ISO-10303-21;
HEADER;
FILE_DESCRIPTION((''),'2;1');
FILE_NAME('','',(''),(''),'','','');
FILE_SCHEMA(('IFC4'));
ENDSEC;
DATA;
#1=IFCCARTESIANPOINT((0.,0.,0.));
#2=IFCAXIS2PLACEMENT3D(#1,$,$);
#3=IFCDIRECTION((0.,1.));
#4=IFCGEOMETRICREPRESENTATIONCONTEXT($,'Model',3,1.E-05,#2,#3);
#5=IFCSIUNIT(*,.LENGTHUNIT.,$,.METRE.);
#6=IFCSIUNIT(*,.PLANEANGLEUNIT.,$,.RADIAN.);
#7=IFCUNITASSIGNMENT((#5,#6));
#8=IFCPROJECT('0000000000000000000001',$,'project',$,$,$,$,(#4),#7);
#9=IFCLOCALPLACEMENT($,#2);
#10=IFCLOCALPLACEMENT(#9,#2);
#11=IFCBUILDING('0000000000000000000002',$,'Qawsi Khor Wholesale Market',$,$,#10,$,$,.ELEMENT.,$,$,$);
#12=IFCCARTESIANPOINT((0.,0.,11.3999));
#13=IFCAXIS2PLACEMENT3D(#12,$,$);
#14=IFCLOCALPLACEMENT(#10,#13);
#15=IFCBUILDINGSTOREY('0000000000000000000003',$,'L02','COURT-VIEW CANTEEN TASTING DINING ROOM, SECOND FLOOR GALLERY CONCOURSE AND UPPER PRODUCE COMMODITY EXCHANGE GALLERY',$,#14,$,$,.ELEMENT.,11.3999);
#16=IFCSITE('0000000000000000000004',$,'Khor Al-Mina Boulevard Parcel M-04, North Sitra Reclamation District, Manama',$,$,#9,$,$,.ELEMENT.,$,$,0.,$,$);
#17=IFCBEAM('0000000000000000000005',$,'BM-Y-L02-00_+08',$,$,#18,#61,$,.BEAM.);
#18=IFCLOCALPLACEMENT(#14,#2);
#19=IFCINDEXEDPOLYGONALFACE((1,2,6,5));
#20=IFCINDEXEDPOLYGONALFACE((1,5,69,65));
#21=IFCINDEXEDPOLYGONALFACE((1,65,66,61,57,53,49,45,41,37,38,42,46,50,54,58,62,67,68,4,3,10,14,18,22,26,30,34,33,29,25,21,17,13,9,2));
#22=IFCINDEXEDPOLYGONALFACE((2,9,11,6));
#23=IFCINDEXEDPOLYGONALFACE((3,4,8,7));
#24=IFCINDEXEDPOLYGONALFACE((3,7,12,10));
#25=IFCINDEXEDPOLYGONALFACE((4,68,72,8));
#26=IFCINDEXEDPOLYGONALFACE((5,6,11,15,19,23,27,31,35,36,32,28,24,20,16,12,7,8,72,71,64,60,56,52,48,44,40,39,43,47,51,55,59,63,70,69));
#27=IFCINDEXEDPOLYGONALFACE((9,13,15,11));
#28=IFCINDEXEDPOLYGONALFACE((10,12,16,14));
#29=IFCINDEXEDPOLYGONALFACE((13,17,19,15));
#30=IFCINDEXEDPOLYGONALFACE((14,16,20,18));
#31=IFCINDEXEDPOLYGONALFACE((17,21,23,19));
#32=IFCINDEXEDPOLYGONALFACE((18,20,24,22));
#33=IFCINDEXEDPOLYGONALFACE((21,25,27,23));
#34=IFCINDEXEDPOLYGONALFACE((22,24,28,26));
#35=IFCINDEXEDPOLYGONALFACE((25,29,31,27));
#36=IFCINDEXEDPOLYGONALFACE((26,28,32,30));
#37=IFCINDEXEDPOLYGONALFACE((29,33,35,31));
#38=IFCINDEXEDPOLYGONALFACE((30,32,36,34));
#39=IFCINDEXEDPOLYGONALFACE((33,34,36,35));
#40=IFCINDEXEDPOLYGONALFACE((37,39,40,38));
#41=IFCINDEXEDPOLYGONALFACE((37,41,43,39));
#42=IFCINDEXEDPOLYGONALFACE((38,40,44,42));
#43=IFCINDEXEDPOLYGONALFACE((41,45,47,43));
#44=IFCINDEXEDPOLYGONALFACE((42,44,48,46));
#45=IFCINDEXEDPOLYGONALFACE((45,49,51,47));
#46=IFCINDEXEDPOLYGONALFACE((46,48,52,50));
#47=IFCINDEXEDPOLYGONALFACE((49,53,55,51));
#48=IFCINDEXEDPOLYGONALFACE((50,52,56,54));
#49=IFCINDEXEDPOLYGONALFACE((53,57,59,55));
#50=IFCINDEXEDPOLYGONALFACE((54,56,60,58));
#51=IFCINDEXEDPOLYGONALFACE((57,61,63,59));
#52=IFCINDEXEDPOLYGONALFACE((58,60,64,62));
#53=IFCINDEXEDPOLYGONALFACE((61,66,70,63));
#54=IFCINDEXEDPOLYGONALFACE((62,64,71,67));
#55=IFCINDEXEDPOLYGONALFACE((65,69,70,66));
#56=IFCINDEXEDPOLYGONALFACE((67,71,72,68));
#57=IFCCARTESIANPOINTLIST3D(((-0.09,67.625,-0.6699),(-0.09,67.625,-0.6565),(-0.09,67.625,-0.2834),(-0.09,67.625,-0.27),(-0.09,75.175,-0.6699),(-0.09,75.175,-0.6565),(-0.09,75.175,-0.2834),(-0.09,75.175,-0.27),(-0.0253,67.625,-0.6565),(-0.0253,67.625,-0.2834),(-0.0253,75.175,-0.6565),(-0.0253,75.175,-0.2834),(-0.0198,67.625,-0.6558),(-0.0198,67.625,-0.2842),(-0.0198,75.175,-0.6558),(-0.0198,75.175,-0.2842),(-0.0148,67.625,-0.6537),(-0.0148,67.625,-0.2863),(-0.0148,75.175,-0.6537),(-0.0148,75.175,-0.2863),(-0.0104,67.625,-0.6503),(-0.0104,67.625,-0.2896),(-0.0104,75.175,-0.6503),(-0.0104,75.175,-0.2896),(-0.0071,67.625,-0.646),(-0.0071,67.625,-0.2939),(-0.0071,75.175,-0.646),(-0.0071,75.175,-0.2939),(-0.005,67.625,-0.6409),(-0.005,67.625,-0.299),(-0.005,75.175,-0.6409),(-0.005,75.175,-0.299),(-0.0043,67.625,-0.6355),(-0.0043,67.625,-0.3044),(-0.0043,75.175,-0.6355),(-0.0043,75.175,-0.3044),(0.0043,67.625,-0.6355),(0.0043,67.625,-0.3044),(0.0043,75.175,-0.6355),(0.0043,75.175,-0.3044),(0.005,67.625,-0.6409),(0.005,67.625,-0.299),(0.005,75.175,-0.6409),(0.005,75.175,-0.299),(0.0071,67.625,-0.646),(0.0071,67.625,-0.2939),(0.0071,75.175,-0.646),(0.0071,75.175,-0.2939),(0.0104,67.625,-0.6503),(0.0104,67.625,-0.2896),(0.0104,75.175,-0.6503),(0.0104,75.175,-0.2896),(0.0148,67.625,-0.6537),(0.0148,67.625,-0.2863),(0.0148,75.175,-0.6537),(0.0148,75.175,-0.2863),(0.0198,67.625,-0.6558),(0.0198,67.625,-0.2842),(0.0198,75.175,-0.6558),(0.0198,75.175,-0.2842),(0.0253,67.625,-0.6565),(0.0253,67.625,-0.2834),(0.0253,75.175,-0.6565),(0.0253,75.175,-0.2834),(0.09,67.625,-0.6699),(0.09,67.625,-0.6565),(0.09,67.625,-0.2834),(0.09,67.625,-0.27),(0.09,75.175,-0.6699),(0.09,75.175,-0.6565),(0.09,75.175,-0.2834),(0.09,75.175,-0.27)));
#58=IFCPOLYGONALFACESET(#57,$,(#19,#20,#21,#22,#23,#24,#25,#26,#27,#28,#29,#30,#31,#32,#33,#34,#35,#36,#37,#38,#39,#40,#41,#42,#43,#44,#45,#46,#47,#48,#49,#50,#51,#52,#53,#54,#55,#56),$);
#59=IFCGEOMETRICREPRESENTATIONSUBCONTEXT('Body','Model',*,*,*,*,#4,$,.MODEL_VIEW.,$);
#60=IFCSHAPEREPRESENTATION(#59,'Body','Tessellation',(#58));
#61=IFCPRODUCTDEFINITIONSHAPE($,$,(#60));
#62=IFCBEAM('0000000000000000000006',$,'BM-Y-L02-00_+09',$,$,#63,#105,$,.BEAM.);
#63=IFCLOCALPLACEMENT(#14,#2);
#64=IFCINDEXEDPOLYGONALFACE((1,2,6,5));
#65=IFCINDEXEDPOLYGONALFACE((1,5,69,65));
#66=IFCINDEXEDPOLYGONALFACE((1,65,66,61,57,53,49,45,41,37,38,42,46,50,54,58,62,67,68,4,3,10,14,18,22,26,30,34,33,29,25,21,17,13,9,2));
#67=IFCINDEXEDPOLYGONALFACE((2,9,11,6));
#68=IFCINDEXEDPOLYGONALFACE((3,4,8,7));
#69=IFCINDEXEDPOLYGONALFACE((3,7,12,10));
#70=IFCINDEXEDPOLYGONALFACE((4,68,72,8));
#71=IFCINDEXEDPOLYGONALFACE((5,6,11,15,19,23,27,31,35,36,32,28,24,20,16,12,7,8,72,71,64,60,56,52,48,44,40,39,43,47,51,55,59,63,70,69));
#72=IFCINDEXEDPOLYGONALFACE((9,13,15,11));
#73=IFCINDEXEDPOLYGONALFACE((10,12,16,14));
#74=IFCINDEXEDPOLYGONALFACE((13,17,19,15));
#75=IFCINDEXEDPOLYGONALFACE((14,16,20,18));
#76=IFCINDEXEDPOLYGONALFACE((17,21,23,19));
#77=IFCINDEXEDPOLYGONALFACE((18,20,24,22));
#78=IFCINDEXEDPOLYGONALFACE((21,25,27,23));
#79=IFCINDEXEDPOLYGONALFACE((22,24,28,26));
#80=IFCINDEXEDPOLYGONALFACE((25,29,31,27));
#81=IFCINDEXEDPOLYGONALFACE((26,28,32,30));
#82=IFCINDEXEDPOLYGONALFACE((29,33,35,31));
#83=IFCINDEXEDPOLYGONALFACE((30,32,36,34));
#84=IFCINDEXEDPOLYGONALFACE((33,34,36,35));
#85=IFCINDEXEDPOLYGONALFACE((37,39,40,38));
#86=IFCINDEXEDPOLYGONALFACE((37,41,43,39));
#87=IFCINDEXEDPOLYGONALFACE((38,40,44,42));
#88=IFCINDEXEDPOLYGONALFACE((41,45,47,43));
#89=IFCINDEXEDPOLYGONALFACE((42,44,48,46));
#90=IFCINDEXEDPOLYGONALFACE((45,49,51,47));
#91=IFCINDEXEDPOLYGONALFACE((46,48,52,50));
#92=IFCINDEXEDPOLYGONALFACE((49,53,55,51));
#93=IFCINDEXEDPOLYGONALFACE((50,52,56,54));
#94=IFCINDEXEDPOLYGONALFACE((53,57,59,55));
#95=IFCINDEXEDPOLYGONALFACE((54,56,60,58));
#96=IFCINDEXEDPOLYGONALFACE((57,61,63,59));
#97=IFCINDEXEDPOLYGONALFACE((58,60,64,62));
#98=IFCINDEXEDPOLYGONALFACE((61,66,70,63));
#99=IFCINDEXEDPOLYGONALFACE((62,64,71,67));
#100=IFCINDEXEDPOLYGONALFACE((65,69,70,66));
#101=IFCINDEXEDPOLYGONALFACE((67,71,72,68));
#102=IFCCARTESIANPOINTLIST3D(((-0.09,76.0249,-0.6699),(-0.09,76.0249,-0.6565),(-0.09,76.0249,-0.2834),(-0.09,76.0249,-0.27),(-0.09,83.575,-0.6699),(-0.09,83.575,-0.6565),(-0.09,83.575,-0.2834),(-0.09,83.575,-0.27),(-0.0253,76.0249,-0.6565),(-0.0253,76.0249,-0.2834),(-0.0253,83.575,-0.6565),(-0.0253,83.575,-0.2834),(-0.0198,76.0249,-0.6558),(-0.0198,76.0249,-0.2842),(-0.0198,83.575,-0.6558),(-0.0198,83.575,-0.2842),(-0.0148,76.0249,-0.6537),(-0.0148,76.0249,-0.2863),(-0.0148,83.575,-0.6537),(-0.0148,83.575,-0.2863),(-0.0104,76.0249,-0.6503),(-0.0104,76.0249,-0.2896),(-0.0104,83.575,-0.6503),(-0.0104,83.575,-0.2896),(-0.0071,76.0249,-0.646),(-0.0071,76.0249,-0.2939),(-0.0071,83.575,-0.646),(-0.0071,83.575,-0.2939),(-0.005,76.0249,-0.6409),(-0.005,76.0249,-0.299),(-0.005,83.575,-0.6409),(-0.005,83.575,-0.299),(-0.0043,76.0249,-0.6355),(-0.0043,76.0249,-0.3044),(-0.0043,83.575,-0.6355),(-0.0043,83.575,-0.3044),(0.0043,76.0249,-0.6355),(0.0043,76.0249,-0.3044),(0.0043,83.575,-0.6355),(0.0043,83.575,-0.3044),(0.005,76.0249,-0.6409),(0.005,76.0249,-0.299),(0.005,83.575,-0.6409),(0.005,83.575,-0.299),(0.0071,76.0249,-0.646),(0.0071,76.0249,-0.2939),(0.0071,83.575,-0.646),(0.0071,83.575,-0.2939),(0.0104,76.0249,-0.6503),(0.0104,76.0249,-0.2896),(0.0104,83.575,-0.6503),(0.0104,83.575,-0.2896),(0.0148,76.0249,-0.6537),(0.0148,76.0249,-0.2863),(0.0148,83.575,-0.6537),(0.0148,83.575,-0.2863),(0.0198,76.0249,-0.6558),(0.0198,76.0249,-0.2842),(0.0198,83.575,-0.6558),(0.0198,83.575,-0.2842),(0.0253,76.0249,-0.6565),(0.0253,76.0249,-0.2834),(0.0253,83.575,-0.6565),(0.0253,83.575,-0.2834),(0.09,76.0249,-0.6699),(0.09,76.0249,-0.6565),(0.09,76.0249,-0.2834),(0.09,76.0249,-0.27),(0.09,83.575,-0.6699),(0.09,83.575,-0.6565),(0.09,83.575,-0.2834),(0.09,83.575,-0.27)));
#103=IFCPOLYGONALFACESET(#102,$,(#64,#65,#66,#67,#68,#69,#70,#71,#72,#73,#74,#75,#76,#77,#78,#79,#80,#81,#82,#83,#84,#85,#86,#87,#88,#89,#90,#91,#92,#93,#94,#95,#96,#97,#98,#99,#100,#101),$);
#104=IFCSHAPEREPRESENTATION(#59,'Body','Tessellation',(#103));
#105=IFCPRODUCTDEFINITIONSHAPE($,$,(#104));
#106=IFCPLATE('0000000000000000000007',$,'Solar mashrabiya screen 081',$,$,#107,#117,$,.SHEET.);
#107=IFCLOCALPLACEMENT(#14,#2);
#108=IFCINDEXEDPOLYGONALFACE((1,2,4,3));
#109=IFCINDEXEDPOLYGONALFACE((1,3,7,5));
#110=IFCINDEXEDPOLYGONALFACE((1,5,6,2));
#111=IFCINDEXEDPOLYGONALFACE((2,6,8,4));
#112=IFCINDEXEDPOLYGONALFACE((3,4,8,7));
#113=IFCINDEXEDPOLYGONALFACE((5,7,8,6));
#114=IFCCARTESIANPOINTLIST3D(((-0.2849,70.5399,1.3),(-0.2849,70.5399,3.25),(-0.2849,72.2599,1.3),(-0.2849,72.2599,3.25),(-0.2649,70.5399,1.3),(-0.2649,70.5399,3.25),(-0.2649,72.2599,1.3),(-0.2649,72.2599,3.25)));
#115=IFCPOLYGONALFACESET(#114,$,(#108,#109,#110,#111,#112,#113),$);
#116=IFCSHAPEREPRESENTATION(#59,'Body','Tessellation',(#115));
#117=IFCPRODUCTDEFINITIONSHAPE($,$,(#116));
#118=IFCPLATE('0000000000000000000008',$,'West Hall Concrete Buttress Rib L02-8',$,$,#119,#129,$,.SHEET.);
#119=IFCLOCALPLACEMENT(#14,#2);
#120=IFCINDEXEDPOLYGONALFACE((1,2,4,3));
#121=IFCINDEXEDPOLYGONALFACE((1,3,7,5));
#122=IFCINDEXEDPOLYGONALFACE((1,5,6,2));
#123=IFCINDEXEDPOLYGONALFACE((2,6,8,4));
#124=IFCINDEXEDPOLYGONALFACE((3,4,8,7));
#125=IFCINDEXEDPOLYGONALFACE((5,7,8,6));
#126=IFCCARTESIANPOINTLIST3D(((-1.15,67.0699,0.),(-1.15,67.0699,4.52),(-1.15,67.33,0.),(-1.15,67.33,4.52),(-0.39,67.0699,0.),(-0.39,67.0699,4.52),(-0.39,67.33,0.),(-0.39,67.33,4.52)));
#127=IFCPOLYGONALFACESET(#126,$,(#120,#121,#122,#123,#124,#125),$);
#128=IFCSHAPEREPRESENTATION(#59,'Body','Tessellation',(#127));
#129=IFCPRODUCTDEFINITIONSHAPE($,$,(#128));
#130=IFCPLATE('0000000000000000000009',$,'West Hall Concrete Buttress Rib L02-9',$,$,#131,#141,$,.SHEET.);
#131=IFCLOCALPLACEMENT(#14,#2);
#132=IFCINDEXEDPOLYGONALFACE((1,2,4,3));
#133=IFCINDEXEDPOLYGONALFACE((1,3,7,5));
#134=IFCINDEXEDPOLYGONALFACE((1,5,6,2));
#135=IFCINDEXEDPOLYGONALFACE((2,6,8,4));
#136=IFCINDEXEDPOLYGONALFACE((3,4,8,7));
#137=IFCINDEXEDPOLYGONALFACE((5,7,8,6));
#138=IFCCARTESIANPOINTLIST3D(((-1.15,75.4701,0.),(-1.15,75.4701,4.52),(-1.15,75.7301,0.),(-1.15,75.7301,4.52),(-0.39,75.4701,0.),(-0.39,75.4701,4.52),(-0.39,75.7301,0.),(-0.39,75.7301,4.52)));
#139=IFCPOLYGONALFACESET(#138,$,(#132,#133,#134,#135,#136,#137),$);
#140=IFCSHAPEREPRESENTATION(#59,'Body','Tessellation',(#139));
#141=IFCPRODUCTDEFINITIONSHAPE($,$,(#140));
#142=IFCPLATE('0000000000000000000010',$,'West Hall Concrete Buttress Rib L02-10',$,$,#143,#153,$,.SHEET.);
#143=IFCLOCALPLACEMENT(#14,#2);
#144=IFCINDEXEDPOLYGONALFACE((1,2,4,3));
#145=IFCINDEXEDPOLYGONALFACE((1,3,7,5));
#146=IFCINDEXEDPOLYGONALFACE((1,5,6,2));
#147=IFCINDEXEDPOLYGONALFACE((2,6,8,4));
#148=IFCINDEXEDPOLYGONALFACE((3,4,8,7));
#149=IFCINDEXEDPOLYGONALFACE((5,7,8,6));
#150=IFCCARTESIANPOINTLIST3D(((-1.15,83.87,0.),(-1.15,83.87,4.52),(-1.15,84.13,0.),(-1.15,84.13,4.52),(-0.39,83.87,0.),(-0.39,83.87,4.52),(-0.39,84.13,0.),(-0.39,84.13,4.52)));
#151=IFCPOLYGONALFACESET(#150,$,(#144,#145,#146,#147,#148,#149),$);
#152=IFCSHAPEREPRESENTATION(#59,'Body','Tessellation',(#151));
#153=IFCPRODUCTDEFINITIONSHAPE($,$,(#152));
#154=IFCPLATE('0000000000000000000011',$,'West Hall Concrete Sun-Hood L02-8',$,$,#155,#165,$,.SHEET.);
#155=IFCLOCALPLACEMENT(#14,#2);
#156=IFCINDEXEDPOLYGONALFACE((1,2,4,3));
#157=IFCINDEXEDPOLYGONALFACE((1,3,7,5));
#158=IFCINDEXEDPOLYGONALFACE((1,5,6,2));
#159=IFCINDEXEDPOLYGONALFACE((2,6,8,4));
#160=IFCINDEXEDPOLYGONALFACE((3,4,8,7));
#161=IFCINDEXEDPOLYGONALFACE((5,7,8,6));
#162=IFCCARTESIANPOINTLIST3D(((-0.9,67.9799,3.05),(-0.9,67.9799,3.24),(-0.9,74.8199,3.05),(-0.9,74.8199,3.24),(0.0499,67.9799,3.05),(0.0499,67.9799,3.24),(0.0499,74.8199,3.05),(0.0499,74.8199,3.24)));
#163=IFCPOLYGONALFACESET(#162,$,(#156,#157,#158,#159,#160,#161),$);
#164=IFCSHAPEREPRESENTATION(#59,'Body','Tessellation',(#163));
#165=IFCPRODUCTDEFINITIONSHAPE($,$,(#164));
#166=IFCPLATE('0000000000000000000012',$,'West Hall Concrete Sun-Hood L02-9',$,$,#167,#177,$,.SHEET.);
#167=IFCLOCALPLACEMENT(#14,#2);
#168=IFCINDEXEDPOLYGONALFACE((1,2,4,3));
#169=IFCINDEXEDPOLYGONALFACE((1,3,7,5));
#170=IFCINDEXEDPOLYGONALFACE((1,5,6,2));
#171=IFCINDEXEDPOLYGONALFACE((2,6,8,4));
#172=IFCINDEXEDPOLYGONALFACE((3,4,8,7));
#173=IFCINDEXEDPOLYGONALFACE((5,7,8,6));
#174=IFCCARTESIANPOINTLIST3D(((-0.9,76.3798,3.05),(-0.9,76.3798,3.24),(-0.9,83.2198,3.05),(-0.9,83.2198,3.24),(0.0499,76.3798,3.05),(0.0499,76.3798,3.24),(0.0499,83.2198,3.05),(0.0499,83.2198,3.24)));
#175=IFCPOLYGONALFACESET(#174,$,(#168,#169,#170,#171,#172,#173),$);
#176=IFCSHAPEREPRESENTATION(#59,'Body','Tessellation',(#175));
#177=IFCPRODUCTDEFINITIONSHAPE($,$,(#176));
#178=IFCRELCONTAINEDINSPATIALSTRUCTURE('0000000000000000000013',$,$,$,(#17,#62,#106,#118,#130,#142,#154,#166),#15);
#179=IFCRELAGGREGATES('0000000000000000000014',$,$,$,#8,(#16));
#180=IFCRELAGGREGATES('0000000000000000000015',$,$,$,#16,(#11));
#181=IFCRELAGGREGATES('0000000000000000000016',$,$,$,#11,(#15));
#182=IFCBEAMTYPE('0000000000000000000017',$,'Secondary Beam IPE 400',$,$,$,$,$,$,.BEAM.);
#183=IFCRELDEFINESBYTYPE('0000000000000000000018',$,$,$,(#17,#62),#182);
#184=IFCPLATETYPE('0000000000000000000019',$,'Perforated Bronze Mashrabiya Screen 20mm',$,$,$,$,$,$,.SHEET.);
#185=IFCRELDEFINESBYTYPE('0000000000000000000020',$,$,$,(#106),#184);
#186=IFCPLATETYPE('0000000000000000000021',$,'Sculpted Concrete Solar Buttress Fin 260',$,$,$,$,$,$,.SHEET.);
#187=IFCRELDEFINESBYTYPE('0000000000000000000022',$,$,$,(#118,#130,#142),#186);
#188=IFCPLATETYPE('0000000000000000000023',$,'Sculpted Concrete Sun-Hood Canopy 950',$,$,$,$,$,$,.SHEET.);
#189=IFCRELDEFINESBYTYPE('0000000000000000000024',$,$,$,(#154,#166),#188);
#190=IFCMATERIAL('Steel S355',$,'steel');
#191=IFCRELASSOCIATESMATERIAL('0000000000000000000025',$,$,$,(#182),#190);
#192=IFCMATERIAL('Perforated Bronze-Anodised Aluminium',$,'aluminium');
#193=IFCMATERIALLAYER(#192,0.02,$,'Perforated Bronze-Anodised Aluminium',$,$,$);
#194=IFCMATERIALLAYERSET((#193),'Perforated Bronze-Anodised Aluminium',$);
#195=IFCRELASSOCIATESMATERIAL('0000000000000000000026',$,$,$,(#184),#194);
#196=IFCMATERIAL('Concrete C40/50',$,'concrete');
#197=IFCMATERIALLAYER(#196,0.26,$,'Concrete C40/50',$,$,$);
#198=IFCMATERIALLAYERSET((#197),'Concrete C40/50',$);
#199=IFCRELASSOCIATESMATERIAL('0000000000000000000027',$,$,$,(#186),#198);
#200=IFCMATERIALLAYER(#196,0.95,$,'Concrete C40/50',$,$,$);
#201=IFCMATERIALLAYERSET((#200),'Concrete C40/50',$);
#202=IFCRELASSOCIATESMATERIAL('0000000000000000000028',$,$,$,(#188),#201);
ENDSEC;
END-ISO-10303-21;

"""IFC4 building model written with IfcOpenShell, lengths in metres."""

from ifc_helpers import new_model, si_unit, direction, frame, frame_2d, origin, origin_2d, place, context, subcontext, project, spatial, rectangle, i_section, extrude, material, layer, layer_set, material_profile, profile_set, type_object, element, save


model = new_model("IFC4")

# Units and contexts
model_context = context("Model", 3, precision=1e-05, world=origin(), true_north=direction((0.0, 1.0)))
body_context = subcontext(model_context, "Body", "Model", "MODEL_VIEW")
ifc_project = project(units=[si_unit("LENGTHUNIT", "METRE"), si_unit("PLANEANGLEUNIT", "RADIAN")], contexts=[model_context])

# Site, building, storey
site_placement = place(None, origin())
site = spatial("IfcSite", under=ifc_project, at=site_placement, Name="Khor Al-Mina Boulevard Parcel M-04, North Sitra Reclamation District, Manama", CompositionType="ELEMENT", RefElevation=0.0)
building_placement = place(site_placement, origin())
building = spatial("IfcBuilding", under=site, at=building_placement, Name="Qawsi Khor Wholesale Market", CompositionType="ELEMENT")
storey_placement = place(building_placement, frame((0.0, 0.0, 11.3999)))
storey = spatial("IfcBuildingStorey", under=building, at=storey_placement, Name="L02", Description="COURT-VIEW CANTEEN TASTING DINING ROOM, SECOND FLOOR GALLERY CONCOURSE AND UPPER PRODUCE COMMODITY EXCHANGE GALLERY", CompositionType="ELEMENT", Elevation=11.3999)

# Shared definitions
ifc_material_1 = material(Name="Concrete C40/50", Category="concrete")

# Beams
ifc_material_2 = material(Name="Steel S355", Category="steel")
ifc_material_profile_1 = material_profile(ifc_material_2, i_section(OverallWidth=0.1799, OverallDepth=0.3999, WebThickness=0.0085, FlangeThickness=0.0134, FilletRadius=0.021, at=origin_2d()), Name="IPE 400")
ifc_profile_set_1 = profile_set([ifc_material_profile_1], Name="Steel S355")
beam_type_1 = type_object("IfcBeamType", Name="Secondary Beam IPE 400", PredefinedType="BEAM", material=ifc_profile_set_1)
for number, where, z_axis, x_axis, name in (
    (1, (0.0, 67.625, -0.47), (0.0, 1.0, 0.0), (-1.0, 0.0, 0.0), "BM-Y-L02-00_+08"),
    (2, (0.0, 76.0249, -0.47), (0.0, 1.0, 0.0), (-1.0, 0.0, 0.0), "BM-Y-L02-00_+09"),
):
    element("IfcBeam", number, at=place(storey_placement, frame(where, z_axis=z_axis, x_axis=x_axis)), inside=storey, type_object=beam_type_1, Name=name, PredefinedType="BEAM", context=body_context, shape_type="SweptSolid", body=[
        extrude(i_section(OverallWidth=0.1799, OverallDepth=0.3999, WebThickness=0.0085, FlangeThickness=0.0134, FilletRadius=0.021, at=origin_2d()), origin(), (0.0, 0.0, 1.0), 7.55),
    ])

# Plates
ifc_material_3 = material(Name="Perforated Bronze-Anodised Aluminium", Category="aluminium")
ifc_layer_1 = layer(ifc_material_3, 0.02, Name="Perforated Bronze-Anodised Aluminium")
ifc_layer_set_1 = layer_set([ifc_layer_1], Name="Perforated Bronze-Anodised Aluminium")
plate_type_1 = type_object("IfcPlateType", Name="Perforated Bronze Mashrabiya Screen 20mm", PredefinedType="SHEET", material=ifc_layer_set_1)
plate_placement = place(storey_placement, frame((-0.2749, 70.54, 1.3), z_axis=(0.0, 0.0, 1.0), x_axis=(0.0, 1.0, 0.0)))
element("IfcPlate", 3, at=plate_placement, inside=storey, type_object=plate_type_1, Name="Solar mashrabiya screen 081", PredefinedType="SHEET", context=body_context, shape_type="SweptSolid", body=[
    extrude(rectangle(XDim=1.72, YDim=0.02, at=frame_2d((0.8599, 0.0))), origin(), (0.0, 0.0, 1.0), 1.95),
])
ifc_layer_2 = layer(ifc_material_1, 0.26, Name="Concrete C40/50")
ifc_layer_set_2 = layer_set([ifc_layer_2], Name="Concrete C40/50")
plate_type_2 = type_object("IfcPlateType", Name="Sculpted Concrete Solar Buttress Fin 260", PredefinedType="SHEET", material=ifc_layer_set_2)
for number, where, z_axis, x_axis, name in (
    (4, (-1.1499, 67.2, 0.0), (0.0, 0.0, 1.0), (1.0, 0.0, 0.0), "West Hall Concrete Buttress Rib L02-8"),
    (5, (-1.1499, 75.6001, 0.0), (0.0, 0.0, 1.0), (1.0, 0.0, 0.0), "West Hall Concrete Buttress Rib L02-9"),
    (6, (-1.1499, 84.0, 0.0), (0.0, 0.0, 1.0), (1.0, 0.0, 0.0), "West Hall Concrete Buttress Rib L02-10"),
):
    element("IfcPlate", number, at=place(storey_placement, frame(where, z_axis=z_axis, x_axis=x_axis)), inside=storey, type_object=plate_type_2, Name=name, PredefinedType="SHEET", context=body_context, shape_type="SweptSolid", body=[
        extrude(rectangle(XDim=0.76, YDim=0.26, at=frame_2d((0.3799, 0.0))), origin(), (0.0, 0.0, 1.0), 4.52),
    ])
ifc_layer_3 = layer(ifc_material_1, 0.95, Name="Concrete C40/50")
ifc_layer_set_3 = layer_set([ifc_layer_3], Name="Concrete C40/50")
plate_type_3 = type_object("IfcPlateType", Name="Sculpted Concrete Sun-Hood Canopy 950", PredefinedType="SHEET", material=ifc_layer_set_3)
for number, where, z_axis, x_axis, name in (
    (7, (-0.425, 67.98, 3.05), (0.0, 0.0, 1.0), (0.0, 1.0, 0.0), "West Hall Concrete Sun-Hood L02-8"),
    (8, (-0.425, 76.3799, 3.05), (0.0, 0.0, 1.0), (0.0, 1.0, 0.0), "West Hall Concrete Sun-Hood L02-9"),
):
    element("IfcPlate", number, at=place(storey_placement, frame(where, z_axis=z_axis, x_axis=x_axis)), inside=storey, type_object=plate_type_3, Name=name, PredefinedType="SHEET", context=body_context, shape_type="SweptSolid", body=[
        extrude(rectangle(XDim=6.8401, YDim=0.95, at=frame_2d((3.4199, 0.0))), origin(), (0.0, 0.0, 1.0), 0.1899),
    ])

save(model, "model.ifc")
